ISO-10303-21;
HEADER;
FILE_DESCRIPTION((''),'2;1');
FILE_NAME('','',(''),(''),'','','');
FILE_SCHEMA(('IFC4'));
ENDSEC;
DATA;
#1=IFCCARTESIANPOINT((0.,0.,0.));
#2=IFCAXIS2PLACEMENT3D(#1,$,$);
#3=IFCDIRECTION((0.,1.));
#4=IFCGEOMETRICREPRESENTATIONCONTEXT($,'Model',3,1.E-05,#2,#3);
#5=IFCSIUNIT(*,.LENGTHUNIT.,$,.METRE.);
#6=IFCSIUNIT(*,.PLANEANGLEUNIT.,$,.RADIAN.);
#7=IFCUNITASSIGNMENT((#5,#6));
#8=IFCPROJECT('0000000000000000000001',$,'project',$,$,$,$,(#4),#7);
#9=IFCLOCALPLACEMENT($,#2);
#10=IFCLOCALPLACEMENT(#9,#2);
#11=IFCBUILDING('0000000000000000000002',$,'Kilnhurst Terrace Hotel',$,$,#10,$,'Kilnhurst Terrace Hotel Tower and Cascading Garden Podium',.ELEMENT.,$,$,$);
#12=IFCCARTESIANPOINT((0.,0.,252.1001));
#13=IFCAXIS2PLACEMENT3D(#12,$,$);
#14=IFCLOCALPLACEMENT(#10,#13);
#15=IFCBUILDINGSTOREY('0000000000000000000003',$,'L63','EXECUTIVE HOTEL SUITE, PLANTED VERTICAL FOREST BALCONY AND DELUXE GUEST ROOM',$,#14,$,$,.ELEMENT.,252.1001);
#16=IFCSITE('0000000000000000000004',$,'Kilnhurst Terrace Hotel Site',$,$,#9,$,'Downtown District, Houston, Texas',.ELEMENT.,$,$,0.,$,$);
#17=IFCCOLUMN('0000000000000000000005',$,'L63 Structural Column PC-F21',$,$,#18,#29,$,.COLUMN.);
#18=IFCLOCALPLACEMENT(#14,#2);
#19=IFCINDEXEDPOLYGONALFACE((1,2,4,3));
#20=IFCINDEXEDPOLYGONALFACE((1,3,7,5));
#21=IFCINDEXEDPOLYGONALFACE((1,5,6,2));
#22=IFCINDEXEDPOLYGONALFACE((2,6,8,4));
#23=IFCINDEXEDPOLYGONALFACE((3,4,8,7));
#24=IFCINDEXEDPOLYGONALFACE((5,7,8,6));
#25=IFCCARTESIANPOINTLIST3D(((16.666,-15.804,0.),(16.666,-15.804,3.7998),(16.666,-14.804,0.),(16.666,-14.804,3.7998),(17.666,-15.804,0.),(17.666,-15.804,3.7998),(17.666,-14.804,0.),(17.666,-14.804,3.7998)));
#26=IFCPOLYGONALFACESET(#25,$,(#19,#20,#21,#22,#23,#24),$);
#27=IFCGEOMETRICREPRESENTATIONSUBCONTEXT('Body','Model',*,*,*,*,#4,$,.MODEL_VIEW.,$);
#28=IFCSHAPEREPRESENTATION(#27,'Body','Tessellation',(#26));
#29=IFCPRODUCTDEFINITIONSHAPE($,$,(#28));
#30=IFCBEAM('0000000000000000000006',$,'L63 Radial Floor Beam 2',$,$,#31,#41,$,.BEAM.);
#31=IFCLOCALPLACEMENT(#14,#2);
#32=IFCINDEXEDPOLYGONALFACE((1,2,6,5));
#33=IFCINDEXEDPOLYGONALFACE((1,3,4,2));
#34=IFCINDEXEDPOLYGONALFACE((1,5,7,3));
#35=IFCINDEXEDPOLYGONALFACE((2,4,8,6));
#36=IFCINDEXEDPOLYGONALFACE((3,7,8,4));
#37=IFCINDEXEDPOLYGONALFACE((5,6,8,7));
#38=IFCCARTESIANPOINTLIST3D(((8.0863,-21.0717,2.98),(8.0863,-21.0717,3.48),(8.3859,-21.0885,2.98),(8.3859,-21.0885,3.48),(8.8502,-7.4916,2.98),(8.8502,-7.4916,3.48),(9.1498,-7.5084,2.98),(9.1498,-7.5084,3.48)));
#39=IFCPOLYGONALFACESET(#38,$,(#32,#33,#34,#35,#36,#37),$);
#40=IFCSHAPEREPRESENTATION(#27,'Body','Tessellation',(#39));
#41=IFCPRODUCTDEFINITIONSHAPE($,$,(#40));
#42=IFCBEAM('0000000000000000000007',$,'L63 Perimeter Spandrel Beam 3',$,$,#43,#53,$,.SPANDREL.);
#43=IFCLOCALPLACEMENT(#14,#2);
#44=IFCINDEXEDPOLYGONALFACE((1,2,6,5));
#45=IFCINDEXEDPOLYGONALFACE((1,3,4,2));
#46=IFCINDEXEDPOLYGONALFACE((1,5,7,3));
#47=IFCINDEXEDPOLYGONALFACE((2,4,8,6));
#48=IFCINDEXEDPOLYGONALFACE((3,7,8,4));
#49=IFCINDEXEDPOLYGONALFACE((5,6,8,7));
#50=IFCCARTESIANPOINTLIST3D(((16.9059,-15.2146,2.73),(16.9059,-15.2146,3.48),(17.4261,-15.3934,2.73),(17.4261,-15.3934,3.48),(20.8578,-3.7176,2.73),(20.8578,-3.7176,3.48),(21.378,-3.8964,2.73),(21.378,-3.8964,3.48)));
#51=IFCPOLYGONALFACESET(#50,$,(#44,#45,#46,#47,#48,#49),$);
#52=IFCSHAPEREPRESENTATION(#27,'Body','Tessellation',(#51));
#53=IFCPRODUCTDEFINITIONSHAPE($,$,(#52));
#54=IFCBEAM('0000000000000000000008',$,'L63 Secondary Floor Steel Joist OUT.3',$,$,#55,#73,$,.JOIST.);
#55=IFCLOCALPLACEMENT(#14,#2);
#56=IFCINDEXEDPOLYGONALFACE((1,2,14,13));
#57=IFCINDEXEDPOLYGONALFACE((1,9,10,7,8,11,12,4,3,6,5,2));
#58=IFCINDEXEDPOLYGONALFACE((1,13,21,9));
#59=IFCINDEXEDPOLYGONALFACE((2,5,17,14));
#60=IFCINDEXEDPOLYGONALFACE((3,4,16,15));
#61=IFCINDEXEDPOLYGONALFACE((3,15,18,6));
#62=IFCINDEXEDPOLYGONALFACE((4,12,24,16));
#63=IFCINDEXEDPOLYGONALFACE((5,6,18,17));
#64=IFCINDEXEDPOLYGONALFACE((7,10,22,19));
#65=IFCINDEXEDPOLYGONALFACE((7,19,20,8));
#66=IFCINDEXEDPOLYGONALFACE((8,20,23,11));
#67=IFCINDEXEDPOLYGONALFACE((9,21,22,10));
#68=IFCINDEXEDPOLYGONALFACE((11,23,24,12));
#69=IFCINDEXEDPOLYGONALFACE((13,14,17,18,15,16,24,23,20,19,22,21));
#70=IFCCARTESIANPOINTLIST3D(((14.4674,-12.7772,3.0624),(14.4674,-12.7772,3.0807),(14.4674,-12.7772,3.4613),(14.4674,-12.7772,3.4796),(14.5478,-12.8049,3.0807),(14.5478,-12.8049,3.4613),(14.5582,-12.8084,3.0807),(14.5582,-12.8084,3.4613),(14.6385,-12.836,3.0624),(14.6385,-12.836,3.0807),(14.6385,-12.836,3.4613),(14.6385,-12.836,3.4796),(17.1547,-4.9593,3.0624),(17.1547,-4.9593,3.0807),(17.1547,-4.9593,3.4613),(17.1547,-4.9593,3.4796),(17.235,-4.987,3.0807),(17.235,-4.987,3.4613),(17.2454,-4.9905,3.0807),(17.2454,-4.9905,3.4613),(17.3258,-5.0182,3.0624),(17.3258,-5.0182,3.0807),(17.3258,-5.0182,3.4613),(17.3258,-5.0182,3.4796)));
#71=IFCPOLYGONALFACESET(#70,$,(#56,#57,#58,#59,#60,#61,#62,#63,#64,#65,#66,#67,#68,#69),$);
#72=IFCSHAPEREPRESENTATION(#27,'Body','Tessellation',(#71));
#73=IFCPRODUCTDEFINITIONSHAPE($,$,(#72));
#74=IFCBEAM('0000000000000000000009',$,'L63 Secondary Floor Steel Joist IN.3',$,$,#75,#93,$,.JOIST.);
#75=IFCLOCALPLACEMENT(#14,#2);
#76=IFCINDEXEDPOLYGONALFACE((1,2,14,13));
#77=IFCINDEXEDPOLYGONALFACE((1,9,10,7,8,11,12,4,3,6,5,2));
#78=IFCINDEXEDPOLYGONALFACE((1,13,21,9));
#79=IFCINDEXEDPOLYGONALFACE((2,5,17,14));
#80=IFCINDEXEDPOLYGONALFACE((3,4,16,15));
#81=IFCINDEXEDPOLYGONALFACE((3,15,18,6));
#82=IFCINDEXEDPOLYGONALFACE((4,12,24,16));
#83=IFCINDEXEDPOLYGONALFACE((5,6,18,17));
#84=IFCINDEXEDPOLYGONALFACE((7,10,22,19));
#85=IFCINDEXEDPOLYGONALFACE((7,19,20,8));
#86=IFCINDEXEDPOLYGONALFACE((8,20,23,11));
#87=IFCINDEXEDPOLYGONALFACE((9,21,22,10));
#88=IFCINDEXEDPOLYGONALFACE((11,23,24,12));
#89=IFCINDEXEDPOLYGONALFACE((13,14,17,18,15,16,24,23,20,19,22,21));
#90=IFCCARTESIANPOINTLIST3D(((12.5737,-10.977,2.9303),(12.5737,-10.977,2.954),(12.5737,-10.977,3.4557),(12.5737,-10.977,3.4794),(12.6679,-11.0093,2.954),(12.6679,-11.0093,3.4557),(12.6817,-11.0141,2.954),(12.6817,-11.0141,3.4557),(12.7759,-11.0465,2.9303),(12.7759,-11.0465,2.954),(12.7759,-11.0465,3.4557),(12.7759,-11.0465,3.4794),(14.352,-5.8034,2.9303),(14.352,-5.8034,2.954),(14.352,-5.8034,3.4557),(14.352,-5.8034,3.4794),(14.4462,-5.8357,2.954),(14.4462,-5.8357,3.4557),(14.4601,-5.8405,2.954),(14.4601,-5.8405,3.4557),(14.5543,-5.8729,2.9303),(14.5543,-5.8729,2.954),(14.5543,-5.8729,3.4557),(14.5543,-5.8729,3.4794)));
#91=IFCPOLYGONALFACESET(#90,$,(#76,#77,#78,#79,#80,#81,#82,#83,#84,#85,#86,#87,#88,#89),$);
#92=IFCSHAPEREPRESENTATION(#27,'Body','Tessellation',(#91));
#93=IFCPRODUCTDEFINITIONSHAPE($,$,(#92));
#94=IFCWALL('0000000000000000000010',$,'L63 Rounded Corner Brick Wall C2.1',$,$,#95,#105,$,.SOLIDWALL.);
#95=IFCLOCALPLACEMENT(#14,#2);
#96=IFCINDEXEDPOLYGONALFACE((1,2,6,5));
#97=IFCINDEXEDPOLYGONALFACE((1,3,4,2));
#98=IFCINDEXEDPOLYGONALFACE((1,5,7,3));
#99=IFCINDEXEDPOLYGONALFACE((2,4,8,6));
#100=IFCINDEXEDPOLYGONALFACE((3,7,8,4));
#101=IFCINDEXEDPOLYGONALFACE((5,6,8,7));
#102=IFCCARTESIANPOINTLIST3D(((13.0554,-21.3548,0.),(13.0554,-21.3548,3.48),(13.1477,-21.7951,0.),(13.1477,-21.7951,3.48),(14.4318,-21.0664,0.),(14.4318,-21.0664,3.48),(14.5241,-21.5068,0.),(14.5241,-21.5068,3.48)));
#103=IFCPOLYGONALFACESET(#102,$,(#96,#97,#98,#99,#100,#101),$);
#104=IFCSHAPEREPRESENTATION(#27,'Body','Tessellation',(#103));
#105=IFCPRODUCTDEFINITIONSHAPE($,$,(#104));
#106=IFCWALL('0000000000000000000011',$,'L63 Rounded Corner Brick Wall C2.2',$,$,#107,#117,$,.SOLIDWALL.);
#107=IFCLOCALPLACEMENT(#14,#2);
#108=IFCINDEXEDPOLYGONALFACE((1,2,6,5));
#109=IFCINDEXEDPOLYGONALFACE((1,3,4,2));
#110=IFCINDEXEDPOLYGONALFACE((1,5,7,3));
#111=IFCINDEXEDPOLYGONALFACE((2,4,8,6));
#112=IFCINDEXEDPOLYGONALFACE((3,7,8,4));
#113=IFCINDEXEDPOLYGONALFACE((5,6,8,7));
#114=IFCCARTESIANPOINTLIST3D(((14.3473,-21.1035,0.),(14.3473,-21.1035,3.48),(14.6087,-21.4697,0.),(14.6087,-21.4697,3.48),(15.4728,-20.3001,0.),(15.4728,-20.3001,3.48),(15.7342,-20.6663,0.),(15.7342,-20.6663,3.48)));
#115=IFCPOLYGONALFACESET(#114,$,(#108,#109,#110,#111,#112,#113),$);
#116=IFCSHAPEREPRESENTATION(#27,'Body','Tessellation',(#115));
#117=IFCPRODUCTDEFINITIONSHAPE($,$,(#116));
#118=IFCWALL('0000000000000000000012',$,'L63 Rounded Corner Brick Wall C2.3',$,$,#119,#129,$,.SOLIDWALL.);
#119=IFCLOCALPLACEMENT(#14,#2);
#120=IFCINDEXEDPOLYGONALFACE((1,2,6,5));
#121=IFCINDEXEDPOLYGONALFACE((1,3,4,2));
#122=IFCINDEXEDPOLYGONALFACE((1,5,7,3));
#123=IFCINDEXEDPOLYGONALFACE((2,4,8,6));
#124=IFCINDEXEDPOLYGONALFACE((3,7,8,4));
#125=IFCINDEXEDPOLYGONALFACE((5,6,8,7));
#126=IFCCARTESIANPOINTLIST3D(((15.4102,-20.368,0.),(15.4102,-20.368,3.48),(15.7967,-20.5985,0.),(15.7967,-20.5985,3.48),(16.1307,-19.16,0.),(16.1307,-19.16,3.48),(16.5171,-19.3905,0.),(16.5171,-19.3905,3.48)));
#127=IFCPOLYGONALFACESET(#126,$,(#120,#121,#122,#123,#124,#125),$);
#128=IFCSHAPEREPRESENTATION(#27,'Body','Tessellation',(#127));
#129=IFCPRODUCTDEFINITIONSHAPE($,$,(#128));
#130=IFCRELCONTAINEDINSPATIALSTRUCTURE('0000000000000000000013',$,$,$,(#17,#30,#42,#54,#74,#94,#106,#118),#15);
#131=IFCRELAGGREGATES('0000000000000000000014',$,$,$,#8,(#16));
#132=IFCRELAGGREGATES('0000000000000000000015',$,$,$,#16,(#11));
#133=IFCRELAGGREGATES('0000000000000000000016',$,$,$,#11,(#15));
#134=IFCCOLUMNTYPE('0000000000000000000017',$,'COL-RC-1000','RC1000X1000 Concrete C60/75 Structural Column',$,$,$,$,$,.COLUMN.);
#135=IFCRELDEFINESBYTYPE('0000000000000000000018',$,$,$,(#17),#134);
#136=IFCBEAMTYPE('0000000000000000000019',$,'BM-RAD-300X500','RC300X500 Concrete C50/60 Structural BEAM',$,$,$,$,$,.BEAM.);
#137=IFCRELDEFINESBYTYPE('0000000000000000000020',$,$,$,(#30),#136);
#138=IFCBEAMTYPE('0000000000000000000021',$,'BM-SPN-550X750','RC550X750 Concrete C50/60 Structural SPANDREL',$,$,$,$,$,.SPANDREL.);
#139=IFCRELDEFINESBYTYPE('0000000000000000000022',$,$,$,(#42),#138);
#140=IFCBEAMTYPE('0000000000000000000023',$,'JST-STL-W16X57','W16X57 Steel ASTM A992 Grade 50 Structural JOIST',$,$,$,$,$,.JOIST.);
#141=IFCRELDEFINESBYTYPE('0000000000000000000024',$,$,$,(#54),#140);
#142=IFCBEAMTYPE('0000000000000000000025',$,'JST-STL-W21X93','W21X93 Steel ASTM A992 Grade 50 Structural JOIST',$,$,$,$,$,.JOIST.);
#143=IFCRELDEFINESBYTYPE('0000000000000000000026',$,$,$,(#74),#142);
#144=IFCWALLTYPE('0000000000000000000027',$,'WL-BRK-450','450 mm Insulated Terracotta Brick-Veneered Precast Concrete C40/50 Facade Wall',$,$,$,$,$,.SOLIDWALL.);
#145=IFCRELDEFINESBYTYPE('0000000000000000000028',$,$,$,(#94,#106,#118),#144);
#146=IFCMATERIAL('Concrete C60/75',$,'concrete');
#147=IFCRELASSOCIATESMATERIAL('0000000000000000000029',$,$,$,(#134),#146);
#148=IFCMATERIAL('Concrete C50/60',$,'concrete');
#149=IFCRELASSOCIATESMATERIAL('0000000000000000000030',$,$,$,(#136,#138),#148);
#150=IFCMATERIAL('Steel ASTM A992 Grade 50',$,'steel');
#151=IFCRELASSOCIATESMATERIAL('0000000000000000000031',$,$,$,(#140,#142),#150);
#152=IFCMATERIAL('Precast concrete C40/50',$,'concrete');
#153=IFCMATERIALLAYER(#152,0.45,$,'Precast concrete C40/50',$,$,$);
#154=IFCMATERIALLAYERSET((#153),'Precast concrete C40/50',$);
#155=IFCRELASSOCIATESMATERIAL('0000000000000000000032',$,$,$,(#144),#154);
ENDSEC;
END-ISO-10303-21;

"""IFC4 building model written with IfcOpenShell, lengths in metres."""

from ifc_helpers import new_model, si_unit, direction, frame, frame_2d, origin, origin_2d, place, context, subcontext, project, spatial, rectangle, i_section, extrude, material, layer, layer_set, material_profile, profile_set, type_object, element, save


model = new_model("IFC4")

# Units and contexts
model_context = context("Model", 3, precision=1e-05, world=origin(), true_north=direction((0.0, 1.0)))
body_context = subcontext(model_context, "Body", "Model", "MODEL_VIEW")
ifc_project = project(units=[si_unit("LENGTHUNIT", "METRE"), si_unit("PLANEANGLEUNIT", "RADIAN")], contexts=[model_context])

# Site, building, storey
site_placement = place(None, origin())
site = spatial("IfcSite", under=ifc_project, at=site_placement, Name="Kilnhurst Terrace Hotel Site", LongName="Downtown District, Houston, Texas", CompositionType="ELEMENT", RefElevation=0.0)
building_placement = place(site_placement, origin())
building = spatial("IfcBuilding", under=site, at=building_placement, Name="Kilnhurst Terrace Hotel", LongName="Kilnhurst Terrace Hotel Tower and Cascading Garden Podium", CompositionType="ELEMENT")
storey_placement = place(building_placement, frame((0.0, 0.0, 252.1001)))
storey = spatial("IfcBuildingStorey", under=building, at=storey_placement, Name="L63", Description="EXECUTIVE HOTEL SUITE, PLANTED VERTICAL FOREST BALCONY AND DELUXE GUEST ROOM", CompositionType="ELEMENT", Elevation=252.1001)

# Column
ifc_material_1 = material(Name="Concrete C60/75", Category="concrete")
ifc_material_profile_1 = material_profile(ifc_material_1, rectangle(XDim=1.0, YDim=1.0, at=origin_2d()), Name="RC1000X1000")
ifc_profile_set_1 = profile_set([ifc_material_profile_1], Name="Concrete C60/75")
column_type = type_object("IfcColumnType", Name="COL-RC-1000", Description="RC1000X1000 Concrete C60/75 Structural Column", PredefinedType="COLUMN", material=ifc_profile_set_1)
column_placement = place(storey_placement, frame((17.166, -15.304, 0.0), z_axis=(0.0, 0.0, 1.0), x_axis=(1.0, 0.0, 0.0)))
element("IfcColumn", 1, at=column_placement, inside=storey, type_object=column_type, Name="L63 Structural Column PC-F21", PredefinedType="COLUMN", context=body_context, shape_type="SweptSolid", body=[
    extrude(rectangle(XDim=1.0, YDim=1.0, at=origin_2d()), origin(), (0.0, 0.0, 1.0), 3.7998),
])

# Beams
ifc_material_2 = material(Name="Concrete C50/60", Category="concrete")
ifc_material_profile_2 = material_profile(ifc_material_2, rectangle(XDim=0.3, YDim=0.5, at=origin_2d()), Name="RC300X500")
ifc_profile_set_2 = profile_set([ifc_material_profile_2], Name="Concrete C50/60")
beam_type_1 = type_object("IfcBeamType", Name="BM-RAD-300X500", Description="RC300X500 Concrete C50/60 Structural BEAM", PredefinedType="BEAM", material=ifc_profile_set_2)
beam_1_placement = place(storey_placement, frame((9.0, -7.5, 3.23), z_axis=(-0.056164, -0.998422, 0.0), x_axis=(0.998422, -0.056164, 0.0)))
element("IfcBeam", 2, at=beam_1_placement, inside=storey, type_object=beam_type_1, Name="L63 Radial Floor Beam 2", PredefinedType="BEAM", context=body_context, shape_type="SweptSolid", body=[
    extrude(rectangle(XDim=0.3, YDim=0.5, at=origin_2d()), origin(), (0.0, 0.0, 1.0), 13.6016),
])
ifc_material_profile_3 = material_profile(ifc_material_2, rectangle(XDim=0.55, YDim=0.75, at=origin_2d()), Name="RC550X750")
ifc_profile_set_3 = profile_set([ifc_material_profile_3], Name="Concrete C50/60")
beam_type_2 = type_object("IfcBeamType", Name="BM-SPN-550X750", Description="RC550X750 Concrete C50/60 Structural SPANDREL", PredefinedType="SPANDREL", material=ifc_profile_set_3)
beam_2_placement = place(storey_placement, frame((17.166, -15.304, 3.105), z_axis=(0.325064, 0.945692, 0.0), x_axis=(-0.945692, 0.325064, 0.0)))
element("IfcBeam", 3, at=beam_2_placement, inside=storey, type_object=beam_type_2, Name="L63 Perimeter Spandrel Beam 3", PredefinedType="SPANDREL", context=body_context, shape_type="SweptSolid", body=[
    extrude(rectangle(XDim=0.55, YDim=0.75, at=origin_2d()), origin(), (0.0, 0.0, 1.0), 12.1572),
])
ifc_material_3 = material(Name="Steel ASTM A992 Grade 50", Category="steel")
ifc_material_profile_4 = material_profile(ifc_material_3, i_section(OverallWidth=0.1809, OverallDepth=0.4172, WebThickness=0.011, FlangeThickness=0.0183, at=origin_2d()), Name="W16X57")
ifc_profile_set_4 = profile_set([ifc_material_profile_4], Name="Steel ASTM A992 Grade 50")
beam_type_3 = type_object("IfcBeamType", Name="JST-STL-W16X57", Description="W16X57 Steel ASTM A992 Grade 50 Structural JOIST", PredefinedType="JOIST", material=ifc_profile_set_4)
beam_3_placement = place(storey_placement, frame((14.553, -12.8066, 3.271), z_axis=(0.325065, 0.945692, 0.0), x_axis=(-0.945692, 0.325065, 0.0)))
element("IfcBeam", 4, at=beam_3_placement, inside=storey, type_object=beam_type_3, Name="L63 Secondary Floor Steel Joist OUT.3", PredefinedType="JOIST", context=body_context, shape_type="SweptSolid", body=[
    extrude(i_section(OverallWidth=0.1809, OverallDepth=0.4172, WebThickness=0.011, FlangeThickness=0.0183, at=origin_2d()), origin(), (0.0, 0.0, 1.0), 8.2668),
])
ifc_material_profile_5 = material_profile(ifc_material_3, i_section(OverallWidth=0.2139, OverallDepth=0.5491, WebThickness=0.0146, FlangeThickness=0.0237, at=origin_2d()), Name="W21X93")
ifc_profile_set_5 = profile_set([ifc_material_profile_5], Name="Steel ASTM A992 Grade 50")
beam_type_4 = type_object("IfcBeamType", Name="JST-STL-W21X93", Description="W21X93 Steel ASTM A992 Grade 50 Structural JOIST", PredefinedType="JOIST", material=ifc_profile_set_5)
beam_4_placement = place(storey_placement, frame((12.6748, -11.0117, 3.2048), z_axis=(0.325064, 0.945692, 0.0), x_axis=(-0.945692, 0.325064, 0.0)))
element("IfcBeam", 5, at=beam_4_placement, inside=storey, type_object=beam_type_4, Name="L63 Secondary Floor Steel Joist IN.3", PredefinedType="JOIST", context=body_context, shape_type="SweptSolid", body=[
    extrude(i_section(OverallWidth=0.2139, OverallDepth=0.5491, WebThickness=0.0146, FlangeThickness=0.0237, at=origin_2d()), origin(), (0.0, 0.0, 1.0), 5.4707),
])

# Walls
ifc_material_4 = material(Name="Precast concrete C40/50", Category="concrete")
ifc_layer_1 = layer(ifc_material_4, 0.45, Name="Precast concrete C40/50")
ifc_layer_set_1 = layer_set([ifc_layer_1], Name="Precast concrete C40/50")
wall_type_1 = type_object("IfcWallType", Name="WL-BRK-450", Description="450 mm Insulated Terracotta Brick-Veneered Precast Concrete C40/50 Facade Wall", PredefinedType="SOLIDWALL", material=ifc_layer_set_1)
wall_1_placement = place(storey_placement, frame((13.1016, -21.575, 0.0), z_axis=(0.0, 0.0, 1.0), x_axis=(0.978757, 0.205022, 0.0)))
element("IfcWall", 6, at=wall_1_placement, inside=storey, type_object=wall_type_1, Name="L63 Rounded Corner Brick Wall C2.1", PredefinedType="SOLIDWALL", context=body_context, shape_type="SweptSolid", body=[
    extrude(rectangle(XDim=1.4062, YDim=0.45, at=frame_2d((0.7031, 0.0))), origin(), (0.0, 0.0, 1.0), 3.48),
])
wall_2_placement = place(storey_placement, frame((14.478, -21.2866, 0.0), z_axis=(0.0, 0.0, 1.0), x_axis=(0.813889, 0.581021, 0.0)))
element("IfcWall", 7, at=wall_2_placement, inside=storey, type_object=wall_type_1, Name="L63 Rounded Corner Brick Wall C2.2", PredefinedType="SOLIDWALL", context=body_context, shape_type="SweptSolid", body=[
    extrude(rectangle(XDim=1.3828, YDim=0.45, at=frame_2d((0.6914, 0.0))), origin(), (0.0, 0.0, 1.0), 3.48),
])
wall_3_placement = place(storey_placement, frame((15.6035, -20.4832, 0.0), z_axis=(0.0, 0.0, 1.0), x_axis=(0.512222, 0.858853, 0.0)))
element("IfcWall", 8, at=wall_3_placement, inside=storey, type_object=wall_type_1, Name="L63 Rounded Corner Brick Wall C2.3", PredefinedType="SOLIDWALL", context=body_context, shape_type="SweptSolid", body=[
    extrude(rectangle(XDim=1.4065, YDim=0.45, at=frame_2d((0.7031, 0.0))), origin(), (0.0, 0.0, 1.0), 3.48),
])

save(model, "model.ifc")
